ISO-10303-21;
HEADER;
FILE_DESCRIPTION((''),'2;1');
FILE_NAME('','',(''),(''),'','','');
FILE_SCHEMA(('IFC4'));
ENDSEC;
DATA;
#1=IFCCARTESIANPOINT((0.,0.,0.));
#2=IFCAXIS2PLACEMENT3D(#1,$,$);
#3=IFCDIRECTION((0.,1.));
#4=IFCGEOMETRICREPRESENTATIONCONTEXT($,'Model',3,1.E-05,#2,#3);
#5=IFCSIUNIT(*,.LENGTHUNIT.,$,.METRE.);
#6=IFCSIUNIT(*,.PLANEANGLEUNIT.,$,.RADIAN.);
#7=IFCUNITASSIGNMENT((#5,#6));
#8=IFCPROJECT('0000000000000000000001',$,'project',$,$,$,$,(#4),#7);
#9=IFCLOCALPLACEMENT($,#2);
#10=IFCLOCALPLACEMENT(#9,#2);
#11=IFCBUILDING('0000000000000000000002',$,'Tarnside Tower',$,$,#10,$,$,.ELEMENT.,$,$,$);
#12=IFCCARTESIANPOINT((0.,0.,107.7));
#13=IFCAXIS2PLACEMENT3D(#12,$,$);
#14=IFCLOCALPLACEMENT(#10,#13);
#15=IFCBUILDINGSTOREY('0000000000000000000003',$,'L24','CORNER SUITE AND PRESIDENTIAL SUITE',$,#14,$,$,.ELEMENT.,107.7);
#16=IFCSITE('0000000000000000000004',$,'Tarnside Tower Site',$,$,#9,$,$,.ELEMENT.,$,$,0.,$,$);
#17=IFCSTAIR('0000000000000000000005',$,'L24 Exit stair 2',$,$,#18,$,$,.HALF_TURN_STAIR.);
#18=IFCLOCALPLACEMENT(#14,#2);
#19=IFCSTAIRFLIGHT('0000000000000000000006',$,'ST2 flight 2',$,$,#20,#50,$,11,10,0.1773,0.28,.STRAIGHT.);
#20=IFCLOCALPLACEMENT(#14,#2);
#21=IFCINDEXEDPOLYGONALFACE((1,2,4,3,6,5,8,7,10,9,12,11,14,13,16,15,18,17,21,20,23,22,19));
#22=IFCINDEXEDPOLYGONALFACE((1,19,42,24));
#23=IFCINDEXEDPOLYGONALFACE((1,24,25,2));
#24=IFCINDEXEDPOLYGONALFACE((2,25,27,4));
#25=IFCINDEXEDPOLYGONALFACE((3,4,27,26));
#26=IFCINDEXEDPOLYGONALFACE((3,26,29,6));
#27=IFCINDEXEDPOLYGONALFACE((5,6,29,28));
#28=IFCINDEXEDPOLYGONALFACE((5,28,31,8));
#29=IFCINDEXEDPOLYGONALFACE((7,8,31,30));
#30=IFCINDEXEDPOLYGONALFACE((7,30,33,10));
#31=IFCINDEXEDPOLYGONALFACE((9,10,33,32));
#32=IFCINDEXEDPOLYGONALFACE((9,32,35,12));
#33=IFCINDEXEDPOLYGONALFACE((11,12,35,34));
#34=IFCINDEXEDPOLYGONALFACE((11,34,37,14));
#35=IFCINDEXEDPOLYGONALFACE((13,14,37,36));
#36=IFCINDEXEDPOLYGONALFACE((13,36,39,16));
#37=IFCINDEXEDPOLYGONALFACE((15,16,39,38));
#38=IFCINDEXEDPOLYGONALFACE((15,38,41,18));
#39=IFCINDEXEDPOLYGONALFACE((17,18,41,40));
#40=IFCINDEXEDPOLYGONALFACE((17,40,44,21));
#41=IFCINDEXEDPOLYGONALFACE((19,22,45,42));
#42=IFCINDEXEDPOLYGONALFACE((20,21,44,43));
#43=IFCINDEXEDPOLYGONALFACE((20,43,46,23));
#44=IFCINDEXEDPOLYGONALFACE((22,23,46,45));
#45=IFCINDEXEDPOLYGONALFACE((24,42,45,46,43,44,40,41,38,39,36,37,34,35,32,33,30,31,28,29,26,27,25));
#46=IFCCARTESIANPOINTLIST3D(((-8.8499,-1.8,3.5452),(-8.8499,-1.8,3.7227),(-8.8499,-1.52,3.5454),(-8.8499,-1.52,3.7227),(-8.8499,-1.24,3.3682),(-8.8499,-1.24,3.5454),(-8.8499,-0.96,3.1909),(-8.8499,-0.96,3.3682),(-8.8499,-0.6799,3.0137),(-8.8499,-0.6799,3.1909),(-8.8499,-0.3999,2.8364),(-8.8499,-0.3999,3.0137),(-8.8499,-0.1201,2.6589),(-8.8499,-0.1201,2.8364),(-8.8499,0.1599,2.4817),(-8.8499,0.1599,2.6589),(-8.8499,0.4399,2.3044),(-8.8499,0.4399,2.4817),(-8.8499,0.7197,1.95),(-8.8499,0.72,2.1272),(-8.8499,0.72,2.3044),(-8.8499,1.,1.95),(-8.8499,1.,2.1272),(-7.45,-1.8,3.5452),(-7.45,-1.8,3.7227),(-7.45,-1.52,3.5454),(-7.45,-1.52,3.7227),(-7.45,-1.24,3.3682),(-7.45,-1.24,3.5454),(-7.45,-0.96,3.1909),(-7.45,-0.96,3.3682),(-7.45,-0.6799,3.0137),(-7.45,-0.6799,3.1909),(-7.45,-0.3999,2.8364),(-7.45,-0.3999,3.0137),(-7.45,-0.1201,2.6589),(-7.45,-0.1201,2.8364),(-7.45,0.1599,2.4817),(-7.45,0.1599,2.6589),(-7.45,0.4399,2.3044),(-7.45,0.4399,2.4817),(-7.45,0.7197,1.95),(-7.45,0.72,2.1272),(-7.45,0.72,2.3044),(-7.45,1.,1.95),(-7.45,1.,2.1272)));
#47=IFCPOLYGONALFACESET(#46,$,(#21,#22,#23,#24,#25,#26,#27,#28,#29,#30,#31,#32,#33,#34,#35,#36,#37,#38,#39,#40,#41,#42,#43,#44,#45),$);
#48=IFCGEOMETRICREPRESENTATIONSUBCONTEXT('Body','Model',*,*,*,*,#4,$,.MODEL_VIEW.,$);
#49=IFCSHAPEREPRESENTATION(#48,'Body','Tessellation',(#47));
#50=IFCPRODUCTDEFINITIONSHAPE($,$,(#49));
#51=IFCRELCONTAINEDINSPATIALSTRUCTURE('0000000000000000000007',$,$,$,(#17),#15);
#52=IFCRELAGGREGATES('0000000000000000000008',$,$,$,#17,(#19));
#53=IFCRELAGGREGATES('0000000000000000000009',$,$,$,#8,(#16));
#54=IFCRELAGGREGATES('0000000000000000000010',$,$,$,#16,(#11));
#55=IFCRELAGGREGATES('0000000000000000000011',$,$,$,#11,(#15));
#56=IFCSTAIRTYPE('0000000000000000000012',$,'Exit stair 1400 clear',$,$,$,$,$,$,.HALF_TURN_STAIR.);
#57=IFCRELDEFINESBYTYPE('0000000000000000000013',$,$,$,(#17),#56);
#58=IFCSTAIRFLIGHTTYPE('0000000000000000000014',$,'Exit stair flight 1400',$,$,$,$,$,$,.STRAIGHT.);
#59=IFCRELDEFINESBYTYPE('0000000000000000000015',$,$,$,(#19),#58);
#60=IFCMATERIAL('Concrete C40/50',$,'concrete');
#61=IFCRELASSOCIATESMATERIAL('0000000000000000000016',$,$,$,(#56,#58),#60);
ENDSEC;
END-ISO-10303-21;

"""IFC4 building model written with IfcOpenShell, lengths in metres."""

from ifc_helpers import new_model, si_unit, direction, frame, origin, place, context, subcontext, project, spatial, polyline, outline, extrude, material, type_object, element, aggregate, save


model = new_model("IFC4")

# Units and contexts
model_context = context("Model", 3, precision=1e-05, world=origin(), true_north=direction((0.0, 1.0)))
body_context = subcontext(model_context, "Body", "Model", "MODEL_VIEW")
ifc_project = project(units=[si_unit("LENGTHUNIT", "METRE"), si_unit("PLANEANGLEUNIT", "RADIAN")], contexts=[model_context])

# Site, building, storey
site_placement = place(None, origin())
site = spatial("IfcSite", under=ifc_project, at=site_placement, Name="Tarnside Tower Site", CompositionType="ELEMENT", RefElevation=0.0)
building_placement = place(site_placement, origin())
building = spatial("IfcBuilding", under=site, at=building_placement, Name="Tarnside Tower", CompositionType="ELEMENT")
storey_placement = place(building_placement, frame((0.0, 0.0, 107.7)))
storey = spatial("IfcBuildingStorey", under=building, at=storey_placement, Name="L24", Description="CORNER SUITE AND PRESIDENTIAL SUITE", CompositionType="ELEMENT", Elevation=107.7)

# Shared definitions
ifc_material_1 = material(Name="Concrete C40/50", Category="concrete")

# Stair
stair_type = type_object("IfcStairType", Name="Exit stair 1400 clear", PredefinedType="HALF_TURN_STAIR", material=ifc_material_1)
stair_1_placement = place(storey_placement, origin())
stair_1 = element("IfcStair", 1, at=stair_1_placement, inside=storey, type_object=stair_type, Name="L24 Exit stair 2", PredefinedType="HALF_TURN_STAIR")

# Stair flight
stair_flight_type = type_object("IfcStairFlightType", Name="Exit stair flight 1400", PredefinedType="STRAIGHT", material=ifc_material_1)
stair_flight_placement = place(storey_placement, frame((-8.1499, 1.0, 1.95), z_axis=(0.0, 0.0, 1.0), x_axis=(0.0, -1.0, 0.0)))
stair_flight = element("IfcStairFlight", 2, at=stair_flight_placement, type_object=stair_flight_type, Name="ST2 flight 2", NumberOfRisers=11, NumberOfTreads=10, PredefinedType="STRAIGHT", RiserHeight=0.1773, TreadLength=0.28, context=body_context, shape_type="SweptSolid", body=[
    extrude(outline(polyline([(0.0, 0.0), (0.0, 0.1772), (0.28, 0.1772), (0.28, 0.3545), (0.5601, 0.3545), (0.5601, 0.5317), (0.8401, 0.5317), (0.8401, 0.709), (1.1201, 0.709), (1.1201, 0.8865), (1.3999, 0.8865), (1.3999, 1.0637), (1.6799, 1.0637), (1.6799, 1.241), (1.96, 1.241), (1.96, 1.4182), (2.24, 1.4182), (2.24, 1.5955), (2.52, 1.5955), (2.52, 1.7727), (2.8, 1.7727), (2.8, 1.95), (2.8, 1.5952), (0.2803, 0.0), (0.0, 0.0)])), frame((0.0, 0.7, 0.0), z_axis=(0.0, -1.0, 0.0), x_axis=(1.0, 0.0, 0.0)), (0.0, 0.0, 1.0), 1.3999),
])
aggregate(stair_1, [stair_flight])

save(model, "model.ifc")
